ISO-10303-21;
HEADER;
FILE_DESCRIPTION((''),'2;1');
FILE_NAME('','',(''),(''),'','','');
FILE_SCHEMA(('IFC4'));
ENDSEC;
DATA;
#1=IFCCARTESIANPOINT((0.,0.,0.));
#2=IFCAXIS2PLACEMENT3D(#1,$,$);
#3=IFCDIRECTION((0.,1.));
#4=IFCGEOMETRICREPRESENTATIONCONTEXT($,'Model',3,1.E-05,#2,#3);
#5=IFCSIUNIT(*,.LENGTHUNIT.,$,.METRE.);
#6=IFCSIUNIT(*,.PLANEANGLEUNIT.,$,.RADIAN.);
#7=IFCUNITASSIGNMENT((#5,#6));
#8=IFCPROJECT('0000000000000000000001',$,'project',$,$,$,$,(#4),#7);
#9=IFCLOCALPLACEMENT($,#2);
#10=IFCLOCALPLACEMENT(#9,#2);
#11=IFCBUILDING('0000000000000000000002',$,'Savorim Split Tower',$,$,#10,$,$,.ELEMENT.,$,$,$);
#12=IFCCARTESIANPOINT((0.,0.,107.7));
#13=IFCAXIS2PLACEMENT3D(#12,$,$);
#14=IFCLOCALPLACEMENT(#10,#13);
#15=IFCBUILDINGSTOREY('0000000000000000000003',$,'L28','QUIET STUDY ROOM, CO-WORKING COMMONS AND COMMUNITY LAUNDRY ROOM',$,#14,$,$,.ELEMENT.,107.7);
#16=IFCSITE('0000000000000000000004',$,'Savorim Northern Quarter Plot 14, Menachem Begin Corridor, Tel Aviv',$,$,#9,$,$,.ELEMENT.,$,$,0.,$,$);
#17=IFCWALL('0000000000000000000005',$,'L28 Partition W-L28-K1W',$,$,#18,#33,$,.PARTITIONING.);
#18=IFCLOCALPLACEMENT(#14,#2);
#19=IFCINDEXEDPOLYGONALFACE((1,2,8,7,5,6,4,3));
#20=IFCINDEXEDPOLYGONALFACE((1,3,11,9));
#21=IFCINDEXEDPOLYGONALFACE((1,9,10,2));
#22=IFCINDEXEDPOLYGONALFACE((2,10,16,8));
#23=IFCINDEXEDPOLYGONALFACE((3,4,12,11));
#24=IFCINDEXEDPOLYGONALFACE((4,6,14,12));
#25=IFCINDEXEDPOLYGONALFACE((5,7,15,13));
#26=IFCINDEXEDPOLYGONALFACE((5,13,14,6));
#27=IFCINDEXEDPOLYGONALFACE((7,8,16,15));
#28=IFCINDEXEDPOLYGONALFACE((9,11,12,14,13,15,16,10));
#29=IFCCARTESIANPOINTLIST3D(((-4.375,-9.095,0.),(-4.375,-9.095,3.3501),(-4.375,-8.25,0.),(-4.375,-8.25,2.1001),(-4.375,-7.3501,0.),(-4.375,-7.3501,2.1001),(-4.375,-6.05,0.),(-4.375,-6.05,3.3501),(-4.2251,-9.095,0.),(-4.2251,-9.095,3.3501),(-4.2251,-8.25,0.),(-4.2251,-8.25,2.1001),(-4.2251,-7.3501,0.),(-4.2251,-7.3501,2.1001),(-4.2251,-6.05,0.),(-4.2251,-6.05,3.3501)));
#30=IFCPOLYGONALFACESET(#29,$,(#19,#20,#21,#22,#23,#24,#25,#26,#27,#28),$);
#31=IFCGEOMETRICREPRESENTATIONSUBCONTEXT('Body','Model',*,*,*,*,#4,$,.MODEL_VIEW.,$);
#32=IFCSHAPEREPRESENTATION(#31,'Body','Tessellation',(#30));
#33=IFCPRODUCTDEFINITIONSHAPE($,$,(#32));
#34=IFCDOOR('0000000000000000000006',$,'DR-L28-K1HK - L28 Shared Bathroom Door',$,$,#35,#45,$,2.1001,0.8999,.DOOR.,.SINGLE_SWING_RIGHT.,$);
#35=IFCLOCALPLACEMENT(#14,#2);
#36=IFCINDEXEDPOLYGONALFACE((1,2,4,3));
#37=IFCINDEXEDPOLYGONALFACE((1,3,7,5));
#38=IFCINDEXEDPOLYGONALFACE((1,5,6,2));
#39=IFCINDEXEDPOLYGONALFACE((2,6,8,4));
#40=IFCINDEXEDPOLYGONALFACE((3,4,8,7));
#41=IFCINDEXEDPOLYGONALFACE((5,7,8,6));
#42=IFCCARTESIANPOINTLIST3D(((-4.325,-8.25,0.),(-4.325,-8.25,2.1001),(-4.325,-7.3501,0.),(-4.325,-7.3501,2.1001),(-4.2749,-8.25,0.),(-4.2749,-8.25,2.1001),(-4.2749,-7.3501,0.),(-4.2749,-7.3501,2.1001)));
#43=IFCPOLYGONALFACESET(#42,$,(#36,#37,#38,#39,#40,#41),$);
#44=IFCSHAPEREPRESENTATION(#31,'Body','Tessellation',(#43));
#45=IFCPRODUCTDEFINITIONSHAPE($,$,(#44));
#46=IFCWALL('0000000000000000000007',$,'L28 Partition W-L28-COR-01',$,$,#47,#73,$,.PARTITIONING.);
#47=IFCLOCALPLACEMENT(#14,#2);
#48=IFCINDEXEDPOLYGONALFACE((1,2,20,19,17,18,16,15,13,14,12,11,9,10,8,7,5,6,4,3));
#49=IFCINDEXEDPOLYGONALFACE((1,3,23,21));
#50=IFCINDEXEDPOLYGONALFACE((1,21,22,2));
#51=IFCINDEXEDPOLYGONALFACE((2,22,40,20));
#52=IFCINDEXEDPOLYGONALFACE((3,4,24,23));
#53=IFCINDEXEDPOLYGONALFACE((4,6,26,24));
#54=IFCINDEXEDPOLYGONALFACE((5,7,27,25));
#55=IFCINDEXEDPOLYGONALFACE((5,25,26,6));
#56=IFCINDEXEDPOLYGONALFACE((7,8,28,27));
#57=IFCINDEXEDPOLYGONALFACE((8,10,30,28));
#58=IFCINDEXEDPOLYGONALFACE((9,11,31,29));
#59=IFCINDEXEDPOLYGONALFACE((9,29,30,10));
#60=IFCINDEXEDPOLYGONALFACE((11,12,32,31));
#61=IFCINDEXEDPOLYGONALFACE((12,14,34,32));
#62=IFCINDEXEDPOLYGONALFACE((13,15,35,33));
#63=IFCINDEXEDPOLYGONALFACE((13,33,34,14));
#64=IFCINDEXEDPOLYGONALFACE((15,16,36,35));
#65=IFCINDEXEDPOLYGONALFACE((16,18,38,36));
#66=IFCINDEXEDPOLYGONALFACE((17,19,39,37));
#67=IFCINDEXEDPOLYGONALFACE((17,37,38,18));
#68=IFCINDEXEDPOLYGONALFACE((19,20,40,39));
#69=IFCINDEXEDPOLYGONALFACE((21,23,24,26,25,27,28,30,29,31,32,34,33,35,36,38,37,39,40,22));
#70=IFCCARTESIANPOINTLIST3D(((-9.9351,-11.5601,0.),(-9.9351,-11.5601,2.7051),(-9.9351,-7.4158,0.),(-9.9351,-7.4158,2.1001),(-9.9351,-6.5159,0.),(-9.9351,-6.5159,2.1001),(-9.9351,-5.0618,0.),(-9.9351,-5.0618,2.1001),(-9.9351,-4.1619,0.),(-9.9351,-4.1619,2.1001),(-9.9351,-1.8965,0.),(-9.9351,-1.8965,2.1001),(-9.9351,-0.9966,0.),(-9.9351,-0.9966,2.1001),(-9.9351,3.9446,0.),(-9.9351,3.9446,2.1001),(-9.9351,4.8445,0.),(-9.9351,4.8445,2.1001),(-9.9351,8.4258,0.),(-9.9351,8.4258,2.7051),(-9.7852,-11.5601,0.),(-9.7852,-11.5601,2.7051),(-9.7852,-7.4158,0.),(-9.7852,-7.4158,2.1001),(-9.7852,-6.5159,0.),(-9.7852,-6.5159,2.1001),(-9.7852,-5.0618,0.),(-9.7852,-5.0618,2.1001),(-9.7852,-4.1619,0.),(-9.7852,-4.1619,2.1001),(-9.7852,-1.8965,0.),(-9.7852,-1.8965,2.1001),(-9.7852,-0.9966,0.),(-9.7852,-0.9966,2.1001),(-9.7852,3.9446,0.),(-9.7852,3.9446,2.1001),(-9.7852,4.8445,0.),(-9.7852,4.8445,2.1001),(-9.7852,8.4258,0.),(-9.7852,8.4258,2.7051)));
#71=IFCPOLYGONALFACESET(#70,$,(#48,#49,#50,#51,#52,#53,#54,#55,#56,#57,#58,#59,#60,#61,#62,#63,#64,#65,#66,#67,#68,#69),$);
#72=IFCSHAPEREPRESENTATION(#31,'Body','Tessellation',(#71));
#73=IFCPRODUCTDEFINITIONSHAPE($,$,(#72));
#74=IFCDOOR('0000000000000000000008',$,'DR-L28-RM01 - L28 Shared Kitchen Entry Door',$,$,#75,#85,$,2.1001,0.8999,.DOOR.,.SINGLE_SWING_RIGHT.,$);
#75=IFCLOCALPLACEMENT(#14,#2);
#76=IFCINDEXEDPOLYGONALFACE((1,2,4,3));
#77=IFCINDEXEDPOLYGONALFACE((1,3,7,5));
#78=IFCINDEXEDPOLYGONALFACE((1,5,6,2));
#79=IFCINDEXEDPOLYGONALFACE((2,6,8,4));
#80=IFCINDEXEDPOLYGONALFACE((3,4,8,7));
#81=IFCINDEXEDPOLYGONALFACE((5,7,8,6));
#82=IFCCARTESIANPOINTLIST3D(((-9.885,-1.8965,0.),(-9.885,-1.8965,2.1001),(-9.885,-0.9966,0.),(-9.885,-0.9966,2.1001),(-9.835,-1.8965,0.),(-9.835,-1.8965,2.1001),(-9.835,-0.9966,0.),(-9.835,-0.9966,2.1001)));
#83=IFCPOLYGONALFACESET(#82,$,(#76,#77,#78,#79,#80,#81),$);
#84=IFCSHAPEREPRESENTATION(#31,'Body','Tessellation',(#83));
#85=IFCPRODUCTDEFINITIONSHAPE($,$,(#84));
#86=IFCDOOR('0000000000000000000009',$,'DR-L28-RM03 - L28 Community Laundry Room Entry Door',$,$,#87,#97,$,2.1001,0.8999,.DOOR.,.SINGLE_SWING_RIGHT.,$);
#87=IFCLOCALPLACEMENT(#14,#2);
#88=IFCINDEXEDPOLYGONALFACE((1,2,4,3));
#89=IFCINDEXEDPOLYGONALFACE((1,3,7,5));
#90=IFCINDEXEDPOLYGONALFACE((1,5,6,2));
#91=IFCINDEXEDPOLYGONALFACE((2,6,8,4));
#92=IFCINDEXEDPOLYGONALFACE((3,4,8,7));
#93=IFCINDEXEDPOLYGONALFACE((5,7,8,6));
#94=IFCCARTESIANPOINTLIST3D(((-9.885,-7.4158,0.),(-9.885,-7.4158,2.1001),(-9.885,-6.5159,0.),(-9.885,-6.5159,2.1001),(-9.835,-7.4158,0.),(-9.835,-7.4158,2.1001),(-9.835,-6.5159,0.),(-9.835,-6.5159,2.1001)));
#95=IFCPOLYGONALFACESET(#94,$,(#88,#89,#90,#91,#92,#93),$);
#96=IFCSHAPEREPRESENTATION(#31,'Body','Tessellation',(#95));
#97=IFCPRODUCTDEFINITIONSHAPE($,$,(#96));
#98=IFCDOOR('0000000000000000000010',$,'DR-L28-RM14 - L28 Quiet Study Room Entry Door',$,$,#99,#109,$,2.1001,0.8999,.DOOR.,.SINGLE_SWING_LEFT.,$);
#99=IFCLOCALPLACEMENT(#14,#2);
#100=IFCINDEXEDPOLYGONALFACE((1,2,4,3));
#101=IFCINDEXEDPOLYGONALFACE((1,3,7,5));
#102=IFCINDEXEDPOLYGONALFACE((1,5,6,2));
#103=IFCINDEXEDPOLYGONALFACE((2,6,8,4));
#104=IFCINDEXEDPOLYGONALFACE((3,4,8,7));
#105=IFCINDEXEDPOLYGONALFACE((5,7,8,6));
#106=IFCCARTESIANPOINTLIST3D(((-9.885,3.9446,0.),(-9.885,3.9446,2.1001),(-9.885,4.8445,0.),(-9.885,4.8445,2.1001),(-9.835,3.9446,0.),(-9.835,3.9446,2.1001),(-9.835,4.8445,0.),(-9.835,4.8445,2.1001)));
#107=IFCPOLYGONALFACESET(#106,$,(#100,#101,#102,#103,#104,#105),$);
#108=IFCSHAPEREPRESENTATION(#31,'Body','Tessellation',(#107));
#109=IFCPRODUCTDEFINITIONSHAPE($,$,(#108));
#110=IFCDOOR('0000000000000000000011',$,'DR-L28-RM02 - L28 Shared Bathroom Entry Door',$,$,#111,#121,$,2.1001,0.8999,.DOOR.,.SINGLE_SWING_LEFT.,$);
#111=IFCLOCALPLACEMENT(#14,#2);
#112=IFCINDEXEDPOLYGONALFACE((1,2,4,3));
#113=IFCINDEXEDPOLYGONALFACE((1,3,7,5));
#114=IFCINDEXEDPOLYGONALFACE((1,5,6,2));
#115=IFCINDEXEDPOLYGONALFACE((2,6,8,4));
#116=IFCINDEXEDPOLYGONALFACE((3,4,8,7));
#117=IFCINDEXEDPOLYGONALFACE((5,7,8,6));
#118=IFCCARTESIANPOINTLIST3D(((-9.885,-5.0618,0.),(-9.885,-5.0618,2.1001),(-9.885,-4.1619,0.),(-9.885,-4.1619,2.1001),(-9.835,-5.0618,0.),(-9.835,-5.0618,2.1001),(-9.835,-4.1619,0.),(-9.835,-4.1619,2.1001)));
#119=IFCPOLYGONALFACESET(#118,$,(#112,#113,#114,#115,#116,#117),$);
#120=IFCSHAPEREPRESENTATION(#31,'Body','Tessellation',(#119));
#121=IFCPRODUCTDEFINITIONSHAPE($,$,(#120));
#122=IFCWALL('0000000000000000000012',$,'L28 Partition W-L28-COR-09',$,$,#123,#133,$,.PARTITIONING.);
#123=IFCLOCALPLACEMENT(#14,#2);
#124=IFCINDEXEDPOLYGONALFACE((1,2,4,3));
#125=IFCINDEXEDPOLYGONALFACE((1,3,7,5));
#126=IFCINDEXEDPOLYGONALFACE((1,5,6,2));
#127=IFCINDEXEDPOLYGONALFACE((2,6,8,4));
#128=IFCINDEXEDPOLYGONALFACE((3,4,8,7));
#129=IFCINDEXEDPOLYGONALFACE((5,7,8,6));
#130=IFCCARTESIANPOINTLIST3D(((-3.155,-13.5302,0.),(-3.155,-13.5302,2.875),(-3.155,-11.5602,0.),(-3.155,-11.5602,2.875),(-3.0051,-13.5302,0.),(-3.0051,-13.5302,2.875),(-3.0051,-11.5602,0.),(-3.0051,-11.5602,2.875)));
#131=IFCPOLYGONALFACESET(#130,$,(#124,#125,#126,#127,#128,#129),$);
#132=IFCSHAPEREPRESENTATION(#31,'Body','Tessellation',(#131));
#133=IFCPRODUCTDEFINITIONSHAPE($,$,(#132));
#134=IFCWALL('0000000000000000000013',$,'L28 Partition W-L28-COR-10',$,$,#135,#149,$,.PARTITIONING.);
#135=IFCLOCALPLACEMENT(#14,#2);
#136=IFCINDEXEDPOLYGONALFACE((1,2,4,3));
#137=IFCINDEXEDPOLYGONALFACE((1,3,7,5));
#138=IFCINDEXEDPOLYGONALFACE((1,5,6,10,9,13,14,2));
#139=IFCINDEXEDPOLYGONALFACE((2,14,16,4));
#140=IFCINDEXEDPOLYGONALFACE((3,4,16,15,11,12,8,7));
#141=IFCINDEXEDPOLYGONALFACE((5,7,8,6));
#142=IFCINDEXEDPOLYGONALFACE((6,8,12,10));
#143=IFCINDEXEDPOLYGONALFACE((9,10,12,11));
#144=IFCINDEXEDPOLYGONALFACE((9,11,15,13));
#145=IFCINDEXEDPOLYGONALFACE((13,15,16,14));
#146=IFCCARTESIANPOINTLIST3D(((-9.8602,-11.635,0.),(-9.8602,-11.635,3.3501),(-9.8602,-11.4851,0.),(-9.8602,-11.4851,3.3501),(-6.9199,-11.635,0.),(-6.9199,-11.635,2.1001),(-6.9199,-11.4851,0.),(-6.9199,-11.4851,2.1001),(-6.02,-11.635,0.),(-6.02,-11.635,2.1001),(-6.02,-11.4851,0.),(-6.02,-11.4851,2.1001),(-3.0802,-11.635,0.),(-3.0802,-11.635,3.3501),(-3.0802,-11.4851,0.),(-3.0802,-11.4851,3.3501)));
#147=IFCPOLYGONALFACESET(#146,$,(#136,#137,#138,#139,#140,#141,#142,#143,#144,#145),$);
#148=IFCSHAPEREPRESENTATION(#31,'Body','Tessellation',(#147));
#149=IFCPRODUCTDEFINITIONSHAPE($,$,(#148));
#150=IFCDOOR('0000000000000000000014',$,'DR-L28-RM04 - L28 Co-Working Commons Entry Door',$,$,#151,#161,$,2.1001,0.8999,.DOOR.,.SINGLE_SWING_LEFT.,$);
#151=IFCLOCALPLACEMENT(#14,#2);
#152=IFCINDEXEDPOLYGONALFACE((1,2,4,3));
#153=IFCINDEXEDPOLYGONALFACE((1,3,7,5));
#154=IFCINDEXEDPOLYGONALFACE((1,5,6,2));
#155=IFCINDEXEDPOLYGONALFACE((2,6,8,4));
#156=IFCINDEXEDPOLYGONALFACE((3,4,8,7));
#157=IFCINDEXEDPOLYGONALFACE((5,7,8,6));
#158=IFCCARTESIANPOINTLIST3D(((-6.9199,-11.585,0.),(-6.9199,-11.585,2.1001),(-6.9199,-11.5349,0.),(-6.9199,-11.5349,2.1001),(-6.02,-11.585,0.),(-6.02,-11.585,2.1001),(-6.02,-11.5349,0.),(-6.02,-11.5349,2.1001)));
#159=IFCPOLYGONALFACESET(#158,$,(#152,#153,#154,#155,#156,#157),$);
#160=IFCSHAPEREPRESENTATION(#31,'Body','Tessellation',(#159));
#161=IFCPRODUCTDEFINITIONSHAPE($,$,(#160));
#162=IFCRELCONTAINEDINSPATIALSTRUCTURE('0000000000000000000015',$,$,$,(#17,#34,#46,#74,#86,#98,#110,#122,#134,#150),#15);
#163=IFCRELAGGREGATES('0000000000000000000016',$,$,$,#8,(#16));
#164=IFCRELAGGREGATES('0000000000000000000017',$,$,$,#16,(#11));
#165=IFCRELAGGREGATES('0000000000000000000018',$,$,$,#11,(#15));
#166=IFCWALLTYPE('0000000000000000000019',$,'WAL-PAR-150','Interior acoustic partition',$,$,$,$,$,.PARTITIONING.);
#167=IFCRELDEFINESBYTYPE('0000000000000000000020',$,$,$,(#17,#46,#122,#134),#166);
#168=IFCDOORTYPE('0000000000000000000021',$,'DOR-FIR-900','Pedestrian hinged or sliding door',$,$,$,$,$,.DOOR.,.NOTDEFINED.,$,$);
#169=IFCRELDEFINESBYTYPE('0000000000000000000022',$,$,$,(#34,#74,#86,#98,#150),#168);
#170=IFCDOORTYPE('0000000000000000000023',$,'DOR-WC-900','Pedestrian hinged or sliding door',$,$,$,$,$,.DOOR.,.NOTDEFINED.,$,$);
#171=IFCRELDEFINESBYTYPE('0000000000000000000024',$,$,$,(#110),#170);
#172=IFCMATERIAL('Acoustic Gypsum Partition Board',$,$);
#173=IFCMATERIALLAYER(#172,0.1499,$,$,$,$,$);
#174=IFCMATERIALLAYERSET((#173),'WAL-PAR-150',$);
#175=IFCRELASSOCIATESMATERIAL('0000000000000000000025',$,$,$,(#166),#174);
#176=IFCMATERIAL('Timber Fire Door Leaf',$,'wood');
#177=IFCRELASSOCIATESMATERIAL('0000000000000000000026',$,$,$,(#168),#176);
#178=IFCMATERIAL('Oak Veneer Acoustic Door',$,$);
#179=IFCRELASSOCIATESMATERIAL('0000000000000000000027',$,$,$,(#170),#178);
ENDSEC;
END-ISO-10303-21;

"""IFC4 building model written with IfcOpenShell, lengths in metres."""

from ifc_helpers import new_model, si_unit, direction, frame, frame_2d, origin, place, context, subcontext, project, spatial, rectangle, extrude, material, layer, layer_set, type_object, element, fill, save


model = new_model("IFC4")

# Units and contexts
model_context = context("Model", 3, precision=1e-05, world=origin(), true_north=direction((0.0, 1.0)))
body_context = subcontext(model_context, "Body", "Model", "MODEL_VIEW")
ifc_project = project(units=[si_unit("LENGTHUNIT", "METRE"), si_unit("PLANEANGLEUNIT", "RADIAN")], contexts=[model_context])

# Site, building, storey
site_placement = place(None, origin())
site = spatial("IfcSite", under=ifc_project, at=site_placement, Name="Savorim Northern Quarter Plot 14, Menachem Begin Corridor, Tel Aviv", CompositionType="ELEMENT", RefElevation=0.0)
building_placement = place(site_placement, origin())
building = spatial("IfcBuilding", under=site, at=building_placement, Name="Savorim Split Tower", CompositionType="ELEMENT")
storey_placement = place(building_placement, frame((0.0, 0.0, 107.7)))
storey = spatial("IfcBuildingStorey", under=building, at=storey_placement, Name="L28", Description="QUIET STUDY ROOM, CO-WORKING COMMONS AND COMMUNITY LAUNDRY ROOM", CompositionType="ELEMENT", Elevation=107.7)

# Wall, opening, door
ifc_material_1 = material(Name="Timber Fire Door Leaf", Category="wood")
ifc_material_2 = material(Name="Acoustic Gypsum Partition Board")
ifc_layer_1 = layer(ifc_material_2, 0.1499)
ifc_layer_set_1 = layer_set([ifc_layer_1], Name="WAL-PAR-150")
wall_type_1 = type_object("IfcWallType", Name="WAL-PAR-150", Description="Interior acoustic partition", PredefinedType="PARTITIONING", material=ifc_layer_set_1)
ifc_material_3 = material(Name="Oak Veneer Acoustic Door")
wall_1_placement = place(storey_placement, frame((-4.3, -9.095, 0.0), z_axis=(0.0, 0.0, 1.0), x_axis=(0.0, 1.0, 0.0)))
wall_1 = element("IfcWall", 1, at=wall_1_placement, inside=storey, type_object=wall_type_1, Name="L28 Partition W-L28-K1W", PredefinedType="PARTITIONING", context=body_context, shape_type="SweptSolid", body=[
    extrude(rectangle(XDim=3.0449, YDim=0.1499, at=frame_2d((1.5225, 0.0))), origin(), (0.0, 0.0, 1.0), 3.3501),
])
opening_1_placement = place(wall_1_placement, frame((0.845, 0.0, 0.0)))
opening_1 = element("IfcOpeningElement", 2, at=opening_1_placement, cuts=wall_1, PredefinedType="OPENING", context=body_context, shape_type="SweptSolid", body=[
    extrude(rectangle(XDim=0.8999, YDim=2.1001, at=frame_2d((0.45, 1.05))), frame((0.0, 0.085, 0.0), z_axis=(0.0, -1.0, 0.0), x_axis=(1.0, 0.0, 0.0)), (0.0, 0.0, 1.0), 0.1699),
])
door_type_1 = type_object("IfcDoorType", Name="DOR-FIR-900", Description="Pedestrian hinged or sliding door", OperationType="NOTDEFINED", PredefinedType="DOOR", material=ifc_material_1)
door_1_placement = place(opening_1_placement, origin())
door_1 = element("IfcDoor", 3, at=door_1_placement, inside=storey, type_object=door_type_1, Name="DR-L28-K1HK - L28 Shared Bathroom Door", OperationType="SINGLE_SWING_RIGHT", OverallHeight=2.1001, OverallWidth=0.8999, PredefinedType="DOOR", context=body_context, shape_type="SweptSolid", body=[
    extrude(rectangle(XDim=0.8999, YDim=2.1001, at=frame_2d((0.45, 1.05))), frame((0.0, 0.0249, 0.0), z_axis=(0.0, -1.0, 0.0), x_axis=(1.0, 0.0, 0.0)), (0.0, 0.0, 1.0), 0.05),
])
fill(opening_1, door_1)

# Wall, openings, doors
wall_2_placement = place(storey_placement, frame((-9.8601, -11.5601, 0.0), z_axis=(0.0, 0.0, 1.0), x_axis=(0.0, 1.0, 0.0)))
wall_2 = element("IfcWall", 4, at=wall_2_placement, inside=storey, type_object=wall_type_1, Name="L28 Partition W-L28-COR-01", PredefinedType="PARTITIONING", context=body_context, shape_type="SweptSolid", body=[
    extrude(rectangle(XDim=19.9858, YDim=0.1499, at=frame_2d((9.9929, 0.0))), origin(), (0.0, 0.0, 1.0), 2.7051),
])
opening_2_placement = place(wall_2_placement, frame((9.6636, 0.0, 0.0)))
opening_2 = element("IfcOpeningElement", 5, at=opening_2_placement, cuts=wall_2, PredefinedType="OPENING", context=body_context, shape_type="SweptSolid", body=[
    extrude(rectangle(XDim=0.8999, YDim=2.1001, at=frame_2d((0.45, 1.05))), frame((0.0, 0.085, 0.0), z_axis=(0.0, -1.0, 0.0), x_axis=(1.0, 0.0, 0.0)), (0.0, 0.0, 1.0), 0.1699),
])
opening_3_placement = place(wall_2_placement, frame((6.4983, 0.0, 0.0)))
opening_3 = element("IfcOpeningElement", 6, at=opening_3_placement, cuts=wall_2, PredefinedType="OPENING", context=body_context, shape_type="SweptSolid", body=[
    extrude(rectangle(XDim=0.8999, YDim=2.1001, at=frame_2d((0.45, 1.05))), frame((0.0, 0.085, 0.0), z_axis=(0.0, -1.0, 0.0), x_axis=(1.0, 0.0, 0.0)), (0.0, 0.0, 1.0), 0.1699),
])
opening_4_placement = place(wall_2_placement, frame((4.1443, 0.0, 0.0)))
opening_4 = element("IfcOpeningElement", 7, at=opening_4_placement, cuts=wall_2, PredefinedType="OPENING", context=body_context, shape_type="SweptSolid", body=[
    extrude(rectangle(XDim=0.8999, YDim=2.1001, at=frame_2d((0.45, 1.05))), frame((0.0, 0.085, 0.0), z_axis=(0.0, -1.0, 0.0), x_axis=(1.0, 0.0, 0.0)), (0.0, 0.0, 1.0), 0.1699),
])
opening_5_placement = place(wall_2_placement, frame((15.5046, 0.0, 0.0)))
opening_5 = element("IfcOpeningElement", 8, at=opening_5_placement, cuts=wall_2, PredefinedType="OPENING", context=body_context, shape_type="SweptSolid", body=[
    extrude(rectangle(XDim=0.8999, YDim=2.1001, at=frame_2d((0.45, 1.05))), frame((0.0, 0.085, 0.0), z_axis=(0.0, -1.0, 0.0), x_axis=(1.0, 0.0, 0.0)), (0.0, 0.0, 1.0), 0.1699),
])
door_2_placement = place(opening_2_placement, origin())
door_2 = element("IfcDoor", 9, at=door_2_placement, inside=storey, type_object=door_type_1, Name="DR-L28-RM01 - L28 Shared Kitchen Entry Door", OperationType="SINGLE_SWING_RIGHT", OverallHeight=2.1001, OverallWidth=0.8999, PredefinedType="DOOR", context=body_context, shape_type="SweptSolid", body=[
    extrude(rectangle(XDim=0.8999, YDim=2.1001, at=frame_2d((0.45, 1.05))), frame((0.0, 0.0249, 0.0), z_axis=(0.0, -1.0, 0.0), x_axis=(1.0, 0.0, 0.0)), (0.0, 0.0, 1.0), 0.05),
])
fill(opening_2, door_2)
door_3_placement = place(opening_4_placement, origin())
door_3 = element("IfcDoor", 10, at=door_3_placement, inside=storey, type_object=door_type_1, Name="DR-L28-RM03 - L28 Community Laundry Room Entry Door", OperationType="SINGLE_SWING_RIGHT", OverallHeight=2.1001, OverallWidth=0.8999, PredefinedType="DOOR", context=body_context, shape_type="SweptSolid", body=[
    extrude(rectangle(XDim=0.8999, YDim=2.1001, at=frame_2d((0.45, 1.05))), frame((0.0, 0.0249, 0.0), z_axis=(0.0, -1.0, 0.0), x_axis=(1.0, 0.0, 0.0)), (0.0, 0.0, 1.0), 0.05),
])
fill(opening_4, door_3)
door_4_placement = place(opening_5_placement, origin())
door_4 = element("IfcDoor", 11, at=door_4_placement, inside=storey, type_object=door_type_1, Name="DR-L28-RM14 - L28 Quiet Study Room Entry Door", OperationType="SINGLE_SWING_LEFT", OverallHeight=2.1001, OverallWidth=0.8999, PredefinedType="DOOR", context=body_context, shape_type="SweptSolid", body=[
    extrude(rectangle(XDim=0.8999, YDim=2.1001, at=frame_2d((0.45, 1.05))), frame((0.0, 0.0249, 0.0), z_axis=(0.0, -1.0, 0.0), x_axis=(1.0, 0.0, 0.0)), (0.0, 0.0, 1.0), 0.05),
])
fill(opening_5, door_4)
door_type_2 = type_object("IfcDoorType", Name="DOR-WC-900", Description="Pedestrian hinged or sliding door", OperationType="NOTDEFINED", PredefinedType="DOOR", material=ifc_material_3)
door_5_placement = place(opening_3_placement, origin())
door_5 = element("IfcDoor", 12, at=door_5_placement, inside=storey, type_object=door_type_2, Name="DR-L28-RM02 - L28 Shared Bathroom Entry Door", OperationType="SINGLE_SWING_LEFT", OverallHeight=2.1001, OverallWidth=0.8999, PredefinedType="DOOR", context=body_context, shape_type="SweptSolid", body=[
    extrude(rectangle(XDim=0.8999, YDim=2.1001, at=frame_2d((0.45, 1.05))), frame((0.0, 0.0249, 0.0), z_axis=(0.0, -1.0, 0.0), x_axis=(1.0, 0.0, 0.0)), (0.0, 0.0, 1.0), 0.05),
])
fill(opening_3, door_5)

# Wall
wall_3_placement = place(storey_placement, frame((-3.0801, -13.53, 0.0), z_axis=(0.0, 0.0, 1.0), x_axis=(0.0, 1.0, 0.0)))
element("IfcWall", 13, at=wall_3_placement, inside=storey, type_object=wall_type_1, Name="L28 Partition W-L28-COR-09", PredefinedType="PARTITIONING", context=body_context, shape_type="SweptSolid", body=[
    extrude(rectangle(XDim=1.97, YDim=0.1499, at=frame_2d((0.9849, 0.0))), origin(), (0.0, 0.0, 1.0), 2.875),
])

# Wall, opening, door
wall_4_placement = place(storey_placement, frame((-3.0801, -11.5601, 0.0), z_axis=(0.0, 0.0, 1.0), x_axis=(-1.0, 0.0, 0.0)))
wall_4 = element("IfcWall", 14, at=wall_4_placement, inside=storey, type_object=wall_type_1, Name="L28 Partition W-L28-COR-10", PredefinedType="PARTITIONING", context=body_context, shape_type="SweptSolid", body=[
    extrude(rectangle(XDim=6.78, YDim=0.1499, at=frame_2d((3.3901, 0.0))), origin(), (0.0, 0.0, 1.0), 3.3501),
])
opening_6_placement = place(wall_4_placement, frame((2.9399, 0.0, 0.0)))
opening_6 = element("IfcOpeningElement", 15, at=opening_6_placement, cuts=wall_4, PredefinedType="OPENING", context=body_context, shape_type="SweptSolid", body=[
    extrude(rectangle(XDim=0.8999, YDim=2.1001, at=frame_2d((0.45, 1.05))), frame((0.0, 0.085, 0.0), z_axis=(0.0, -1.0, 0.0), x_axis=(1.0, 0.0, 0.0)), (0.0, 0.0, 1.0), 0.1699),
])
door_6_placement = place(opening_6_placement, origin())
door_6 = element("IfcDoor", 16, at=door_6_placement, inside=storey, type_object=door_type_1, Name="DR-L28-RM04 - L28 Co-Working Commons Entry Door", OperationType="SINGLE_SWING_LEFT", OverallHeight=2.1001, OverallWidth=0.8999, PredefinedType="DOOR", context=body_context, shape_type="SweptSolid", body=[
    extrude(rectangle(XDim=0.8999, YDim=2.1001, at=frame_2d((0.45, 1.05))), frame((0.0, 0.0249, 0.0), z_axis=(0.0, -1.0, 0.0), x_axis=(1.0, 0.0, 0.0)), (0.0, 0.0, 1.0), 0.05),
])
fill(opening_6, door_6)

save(model, "model.ifc")
